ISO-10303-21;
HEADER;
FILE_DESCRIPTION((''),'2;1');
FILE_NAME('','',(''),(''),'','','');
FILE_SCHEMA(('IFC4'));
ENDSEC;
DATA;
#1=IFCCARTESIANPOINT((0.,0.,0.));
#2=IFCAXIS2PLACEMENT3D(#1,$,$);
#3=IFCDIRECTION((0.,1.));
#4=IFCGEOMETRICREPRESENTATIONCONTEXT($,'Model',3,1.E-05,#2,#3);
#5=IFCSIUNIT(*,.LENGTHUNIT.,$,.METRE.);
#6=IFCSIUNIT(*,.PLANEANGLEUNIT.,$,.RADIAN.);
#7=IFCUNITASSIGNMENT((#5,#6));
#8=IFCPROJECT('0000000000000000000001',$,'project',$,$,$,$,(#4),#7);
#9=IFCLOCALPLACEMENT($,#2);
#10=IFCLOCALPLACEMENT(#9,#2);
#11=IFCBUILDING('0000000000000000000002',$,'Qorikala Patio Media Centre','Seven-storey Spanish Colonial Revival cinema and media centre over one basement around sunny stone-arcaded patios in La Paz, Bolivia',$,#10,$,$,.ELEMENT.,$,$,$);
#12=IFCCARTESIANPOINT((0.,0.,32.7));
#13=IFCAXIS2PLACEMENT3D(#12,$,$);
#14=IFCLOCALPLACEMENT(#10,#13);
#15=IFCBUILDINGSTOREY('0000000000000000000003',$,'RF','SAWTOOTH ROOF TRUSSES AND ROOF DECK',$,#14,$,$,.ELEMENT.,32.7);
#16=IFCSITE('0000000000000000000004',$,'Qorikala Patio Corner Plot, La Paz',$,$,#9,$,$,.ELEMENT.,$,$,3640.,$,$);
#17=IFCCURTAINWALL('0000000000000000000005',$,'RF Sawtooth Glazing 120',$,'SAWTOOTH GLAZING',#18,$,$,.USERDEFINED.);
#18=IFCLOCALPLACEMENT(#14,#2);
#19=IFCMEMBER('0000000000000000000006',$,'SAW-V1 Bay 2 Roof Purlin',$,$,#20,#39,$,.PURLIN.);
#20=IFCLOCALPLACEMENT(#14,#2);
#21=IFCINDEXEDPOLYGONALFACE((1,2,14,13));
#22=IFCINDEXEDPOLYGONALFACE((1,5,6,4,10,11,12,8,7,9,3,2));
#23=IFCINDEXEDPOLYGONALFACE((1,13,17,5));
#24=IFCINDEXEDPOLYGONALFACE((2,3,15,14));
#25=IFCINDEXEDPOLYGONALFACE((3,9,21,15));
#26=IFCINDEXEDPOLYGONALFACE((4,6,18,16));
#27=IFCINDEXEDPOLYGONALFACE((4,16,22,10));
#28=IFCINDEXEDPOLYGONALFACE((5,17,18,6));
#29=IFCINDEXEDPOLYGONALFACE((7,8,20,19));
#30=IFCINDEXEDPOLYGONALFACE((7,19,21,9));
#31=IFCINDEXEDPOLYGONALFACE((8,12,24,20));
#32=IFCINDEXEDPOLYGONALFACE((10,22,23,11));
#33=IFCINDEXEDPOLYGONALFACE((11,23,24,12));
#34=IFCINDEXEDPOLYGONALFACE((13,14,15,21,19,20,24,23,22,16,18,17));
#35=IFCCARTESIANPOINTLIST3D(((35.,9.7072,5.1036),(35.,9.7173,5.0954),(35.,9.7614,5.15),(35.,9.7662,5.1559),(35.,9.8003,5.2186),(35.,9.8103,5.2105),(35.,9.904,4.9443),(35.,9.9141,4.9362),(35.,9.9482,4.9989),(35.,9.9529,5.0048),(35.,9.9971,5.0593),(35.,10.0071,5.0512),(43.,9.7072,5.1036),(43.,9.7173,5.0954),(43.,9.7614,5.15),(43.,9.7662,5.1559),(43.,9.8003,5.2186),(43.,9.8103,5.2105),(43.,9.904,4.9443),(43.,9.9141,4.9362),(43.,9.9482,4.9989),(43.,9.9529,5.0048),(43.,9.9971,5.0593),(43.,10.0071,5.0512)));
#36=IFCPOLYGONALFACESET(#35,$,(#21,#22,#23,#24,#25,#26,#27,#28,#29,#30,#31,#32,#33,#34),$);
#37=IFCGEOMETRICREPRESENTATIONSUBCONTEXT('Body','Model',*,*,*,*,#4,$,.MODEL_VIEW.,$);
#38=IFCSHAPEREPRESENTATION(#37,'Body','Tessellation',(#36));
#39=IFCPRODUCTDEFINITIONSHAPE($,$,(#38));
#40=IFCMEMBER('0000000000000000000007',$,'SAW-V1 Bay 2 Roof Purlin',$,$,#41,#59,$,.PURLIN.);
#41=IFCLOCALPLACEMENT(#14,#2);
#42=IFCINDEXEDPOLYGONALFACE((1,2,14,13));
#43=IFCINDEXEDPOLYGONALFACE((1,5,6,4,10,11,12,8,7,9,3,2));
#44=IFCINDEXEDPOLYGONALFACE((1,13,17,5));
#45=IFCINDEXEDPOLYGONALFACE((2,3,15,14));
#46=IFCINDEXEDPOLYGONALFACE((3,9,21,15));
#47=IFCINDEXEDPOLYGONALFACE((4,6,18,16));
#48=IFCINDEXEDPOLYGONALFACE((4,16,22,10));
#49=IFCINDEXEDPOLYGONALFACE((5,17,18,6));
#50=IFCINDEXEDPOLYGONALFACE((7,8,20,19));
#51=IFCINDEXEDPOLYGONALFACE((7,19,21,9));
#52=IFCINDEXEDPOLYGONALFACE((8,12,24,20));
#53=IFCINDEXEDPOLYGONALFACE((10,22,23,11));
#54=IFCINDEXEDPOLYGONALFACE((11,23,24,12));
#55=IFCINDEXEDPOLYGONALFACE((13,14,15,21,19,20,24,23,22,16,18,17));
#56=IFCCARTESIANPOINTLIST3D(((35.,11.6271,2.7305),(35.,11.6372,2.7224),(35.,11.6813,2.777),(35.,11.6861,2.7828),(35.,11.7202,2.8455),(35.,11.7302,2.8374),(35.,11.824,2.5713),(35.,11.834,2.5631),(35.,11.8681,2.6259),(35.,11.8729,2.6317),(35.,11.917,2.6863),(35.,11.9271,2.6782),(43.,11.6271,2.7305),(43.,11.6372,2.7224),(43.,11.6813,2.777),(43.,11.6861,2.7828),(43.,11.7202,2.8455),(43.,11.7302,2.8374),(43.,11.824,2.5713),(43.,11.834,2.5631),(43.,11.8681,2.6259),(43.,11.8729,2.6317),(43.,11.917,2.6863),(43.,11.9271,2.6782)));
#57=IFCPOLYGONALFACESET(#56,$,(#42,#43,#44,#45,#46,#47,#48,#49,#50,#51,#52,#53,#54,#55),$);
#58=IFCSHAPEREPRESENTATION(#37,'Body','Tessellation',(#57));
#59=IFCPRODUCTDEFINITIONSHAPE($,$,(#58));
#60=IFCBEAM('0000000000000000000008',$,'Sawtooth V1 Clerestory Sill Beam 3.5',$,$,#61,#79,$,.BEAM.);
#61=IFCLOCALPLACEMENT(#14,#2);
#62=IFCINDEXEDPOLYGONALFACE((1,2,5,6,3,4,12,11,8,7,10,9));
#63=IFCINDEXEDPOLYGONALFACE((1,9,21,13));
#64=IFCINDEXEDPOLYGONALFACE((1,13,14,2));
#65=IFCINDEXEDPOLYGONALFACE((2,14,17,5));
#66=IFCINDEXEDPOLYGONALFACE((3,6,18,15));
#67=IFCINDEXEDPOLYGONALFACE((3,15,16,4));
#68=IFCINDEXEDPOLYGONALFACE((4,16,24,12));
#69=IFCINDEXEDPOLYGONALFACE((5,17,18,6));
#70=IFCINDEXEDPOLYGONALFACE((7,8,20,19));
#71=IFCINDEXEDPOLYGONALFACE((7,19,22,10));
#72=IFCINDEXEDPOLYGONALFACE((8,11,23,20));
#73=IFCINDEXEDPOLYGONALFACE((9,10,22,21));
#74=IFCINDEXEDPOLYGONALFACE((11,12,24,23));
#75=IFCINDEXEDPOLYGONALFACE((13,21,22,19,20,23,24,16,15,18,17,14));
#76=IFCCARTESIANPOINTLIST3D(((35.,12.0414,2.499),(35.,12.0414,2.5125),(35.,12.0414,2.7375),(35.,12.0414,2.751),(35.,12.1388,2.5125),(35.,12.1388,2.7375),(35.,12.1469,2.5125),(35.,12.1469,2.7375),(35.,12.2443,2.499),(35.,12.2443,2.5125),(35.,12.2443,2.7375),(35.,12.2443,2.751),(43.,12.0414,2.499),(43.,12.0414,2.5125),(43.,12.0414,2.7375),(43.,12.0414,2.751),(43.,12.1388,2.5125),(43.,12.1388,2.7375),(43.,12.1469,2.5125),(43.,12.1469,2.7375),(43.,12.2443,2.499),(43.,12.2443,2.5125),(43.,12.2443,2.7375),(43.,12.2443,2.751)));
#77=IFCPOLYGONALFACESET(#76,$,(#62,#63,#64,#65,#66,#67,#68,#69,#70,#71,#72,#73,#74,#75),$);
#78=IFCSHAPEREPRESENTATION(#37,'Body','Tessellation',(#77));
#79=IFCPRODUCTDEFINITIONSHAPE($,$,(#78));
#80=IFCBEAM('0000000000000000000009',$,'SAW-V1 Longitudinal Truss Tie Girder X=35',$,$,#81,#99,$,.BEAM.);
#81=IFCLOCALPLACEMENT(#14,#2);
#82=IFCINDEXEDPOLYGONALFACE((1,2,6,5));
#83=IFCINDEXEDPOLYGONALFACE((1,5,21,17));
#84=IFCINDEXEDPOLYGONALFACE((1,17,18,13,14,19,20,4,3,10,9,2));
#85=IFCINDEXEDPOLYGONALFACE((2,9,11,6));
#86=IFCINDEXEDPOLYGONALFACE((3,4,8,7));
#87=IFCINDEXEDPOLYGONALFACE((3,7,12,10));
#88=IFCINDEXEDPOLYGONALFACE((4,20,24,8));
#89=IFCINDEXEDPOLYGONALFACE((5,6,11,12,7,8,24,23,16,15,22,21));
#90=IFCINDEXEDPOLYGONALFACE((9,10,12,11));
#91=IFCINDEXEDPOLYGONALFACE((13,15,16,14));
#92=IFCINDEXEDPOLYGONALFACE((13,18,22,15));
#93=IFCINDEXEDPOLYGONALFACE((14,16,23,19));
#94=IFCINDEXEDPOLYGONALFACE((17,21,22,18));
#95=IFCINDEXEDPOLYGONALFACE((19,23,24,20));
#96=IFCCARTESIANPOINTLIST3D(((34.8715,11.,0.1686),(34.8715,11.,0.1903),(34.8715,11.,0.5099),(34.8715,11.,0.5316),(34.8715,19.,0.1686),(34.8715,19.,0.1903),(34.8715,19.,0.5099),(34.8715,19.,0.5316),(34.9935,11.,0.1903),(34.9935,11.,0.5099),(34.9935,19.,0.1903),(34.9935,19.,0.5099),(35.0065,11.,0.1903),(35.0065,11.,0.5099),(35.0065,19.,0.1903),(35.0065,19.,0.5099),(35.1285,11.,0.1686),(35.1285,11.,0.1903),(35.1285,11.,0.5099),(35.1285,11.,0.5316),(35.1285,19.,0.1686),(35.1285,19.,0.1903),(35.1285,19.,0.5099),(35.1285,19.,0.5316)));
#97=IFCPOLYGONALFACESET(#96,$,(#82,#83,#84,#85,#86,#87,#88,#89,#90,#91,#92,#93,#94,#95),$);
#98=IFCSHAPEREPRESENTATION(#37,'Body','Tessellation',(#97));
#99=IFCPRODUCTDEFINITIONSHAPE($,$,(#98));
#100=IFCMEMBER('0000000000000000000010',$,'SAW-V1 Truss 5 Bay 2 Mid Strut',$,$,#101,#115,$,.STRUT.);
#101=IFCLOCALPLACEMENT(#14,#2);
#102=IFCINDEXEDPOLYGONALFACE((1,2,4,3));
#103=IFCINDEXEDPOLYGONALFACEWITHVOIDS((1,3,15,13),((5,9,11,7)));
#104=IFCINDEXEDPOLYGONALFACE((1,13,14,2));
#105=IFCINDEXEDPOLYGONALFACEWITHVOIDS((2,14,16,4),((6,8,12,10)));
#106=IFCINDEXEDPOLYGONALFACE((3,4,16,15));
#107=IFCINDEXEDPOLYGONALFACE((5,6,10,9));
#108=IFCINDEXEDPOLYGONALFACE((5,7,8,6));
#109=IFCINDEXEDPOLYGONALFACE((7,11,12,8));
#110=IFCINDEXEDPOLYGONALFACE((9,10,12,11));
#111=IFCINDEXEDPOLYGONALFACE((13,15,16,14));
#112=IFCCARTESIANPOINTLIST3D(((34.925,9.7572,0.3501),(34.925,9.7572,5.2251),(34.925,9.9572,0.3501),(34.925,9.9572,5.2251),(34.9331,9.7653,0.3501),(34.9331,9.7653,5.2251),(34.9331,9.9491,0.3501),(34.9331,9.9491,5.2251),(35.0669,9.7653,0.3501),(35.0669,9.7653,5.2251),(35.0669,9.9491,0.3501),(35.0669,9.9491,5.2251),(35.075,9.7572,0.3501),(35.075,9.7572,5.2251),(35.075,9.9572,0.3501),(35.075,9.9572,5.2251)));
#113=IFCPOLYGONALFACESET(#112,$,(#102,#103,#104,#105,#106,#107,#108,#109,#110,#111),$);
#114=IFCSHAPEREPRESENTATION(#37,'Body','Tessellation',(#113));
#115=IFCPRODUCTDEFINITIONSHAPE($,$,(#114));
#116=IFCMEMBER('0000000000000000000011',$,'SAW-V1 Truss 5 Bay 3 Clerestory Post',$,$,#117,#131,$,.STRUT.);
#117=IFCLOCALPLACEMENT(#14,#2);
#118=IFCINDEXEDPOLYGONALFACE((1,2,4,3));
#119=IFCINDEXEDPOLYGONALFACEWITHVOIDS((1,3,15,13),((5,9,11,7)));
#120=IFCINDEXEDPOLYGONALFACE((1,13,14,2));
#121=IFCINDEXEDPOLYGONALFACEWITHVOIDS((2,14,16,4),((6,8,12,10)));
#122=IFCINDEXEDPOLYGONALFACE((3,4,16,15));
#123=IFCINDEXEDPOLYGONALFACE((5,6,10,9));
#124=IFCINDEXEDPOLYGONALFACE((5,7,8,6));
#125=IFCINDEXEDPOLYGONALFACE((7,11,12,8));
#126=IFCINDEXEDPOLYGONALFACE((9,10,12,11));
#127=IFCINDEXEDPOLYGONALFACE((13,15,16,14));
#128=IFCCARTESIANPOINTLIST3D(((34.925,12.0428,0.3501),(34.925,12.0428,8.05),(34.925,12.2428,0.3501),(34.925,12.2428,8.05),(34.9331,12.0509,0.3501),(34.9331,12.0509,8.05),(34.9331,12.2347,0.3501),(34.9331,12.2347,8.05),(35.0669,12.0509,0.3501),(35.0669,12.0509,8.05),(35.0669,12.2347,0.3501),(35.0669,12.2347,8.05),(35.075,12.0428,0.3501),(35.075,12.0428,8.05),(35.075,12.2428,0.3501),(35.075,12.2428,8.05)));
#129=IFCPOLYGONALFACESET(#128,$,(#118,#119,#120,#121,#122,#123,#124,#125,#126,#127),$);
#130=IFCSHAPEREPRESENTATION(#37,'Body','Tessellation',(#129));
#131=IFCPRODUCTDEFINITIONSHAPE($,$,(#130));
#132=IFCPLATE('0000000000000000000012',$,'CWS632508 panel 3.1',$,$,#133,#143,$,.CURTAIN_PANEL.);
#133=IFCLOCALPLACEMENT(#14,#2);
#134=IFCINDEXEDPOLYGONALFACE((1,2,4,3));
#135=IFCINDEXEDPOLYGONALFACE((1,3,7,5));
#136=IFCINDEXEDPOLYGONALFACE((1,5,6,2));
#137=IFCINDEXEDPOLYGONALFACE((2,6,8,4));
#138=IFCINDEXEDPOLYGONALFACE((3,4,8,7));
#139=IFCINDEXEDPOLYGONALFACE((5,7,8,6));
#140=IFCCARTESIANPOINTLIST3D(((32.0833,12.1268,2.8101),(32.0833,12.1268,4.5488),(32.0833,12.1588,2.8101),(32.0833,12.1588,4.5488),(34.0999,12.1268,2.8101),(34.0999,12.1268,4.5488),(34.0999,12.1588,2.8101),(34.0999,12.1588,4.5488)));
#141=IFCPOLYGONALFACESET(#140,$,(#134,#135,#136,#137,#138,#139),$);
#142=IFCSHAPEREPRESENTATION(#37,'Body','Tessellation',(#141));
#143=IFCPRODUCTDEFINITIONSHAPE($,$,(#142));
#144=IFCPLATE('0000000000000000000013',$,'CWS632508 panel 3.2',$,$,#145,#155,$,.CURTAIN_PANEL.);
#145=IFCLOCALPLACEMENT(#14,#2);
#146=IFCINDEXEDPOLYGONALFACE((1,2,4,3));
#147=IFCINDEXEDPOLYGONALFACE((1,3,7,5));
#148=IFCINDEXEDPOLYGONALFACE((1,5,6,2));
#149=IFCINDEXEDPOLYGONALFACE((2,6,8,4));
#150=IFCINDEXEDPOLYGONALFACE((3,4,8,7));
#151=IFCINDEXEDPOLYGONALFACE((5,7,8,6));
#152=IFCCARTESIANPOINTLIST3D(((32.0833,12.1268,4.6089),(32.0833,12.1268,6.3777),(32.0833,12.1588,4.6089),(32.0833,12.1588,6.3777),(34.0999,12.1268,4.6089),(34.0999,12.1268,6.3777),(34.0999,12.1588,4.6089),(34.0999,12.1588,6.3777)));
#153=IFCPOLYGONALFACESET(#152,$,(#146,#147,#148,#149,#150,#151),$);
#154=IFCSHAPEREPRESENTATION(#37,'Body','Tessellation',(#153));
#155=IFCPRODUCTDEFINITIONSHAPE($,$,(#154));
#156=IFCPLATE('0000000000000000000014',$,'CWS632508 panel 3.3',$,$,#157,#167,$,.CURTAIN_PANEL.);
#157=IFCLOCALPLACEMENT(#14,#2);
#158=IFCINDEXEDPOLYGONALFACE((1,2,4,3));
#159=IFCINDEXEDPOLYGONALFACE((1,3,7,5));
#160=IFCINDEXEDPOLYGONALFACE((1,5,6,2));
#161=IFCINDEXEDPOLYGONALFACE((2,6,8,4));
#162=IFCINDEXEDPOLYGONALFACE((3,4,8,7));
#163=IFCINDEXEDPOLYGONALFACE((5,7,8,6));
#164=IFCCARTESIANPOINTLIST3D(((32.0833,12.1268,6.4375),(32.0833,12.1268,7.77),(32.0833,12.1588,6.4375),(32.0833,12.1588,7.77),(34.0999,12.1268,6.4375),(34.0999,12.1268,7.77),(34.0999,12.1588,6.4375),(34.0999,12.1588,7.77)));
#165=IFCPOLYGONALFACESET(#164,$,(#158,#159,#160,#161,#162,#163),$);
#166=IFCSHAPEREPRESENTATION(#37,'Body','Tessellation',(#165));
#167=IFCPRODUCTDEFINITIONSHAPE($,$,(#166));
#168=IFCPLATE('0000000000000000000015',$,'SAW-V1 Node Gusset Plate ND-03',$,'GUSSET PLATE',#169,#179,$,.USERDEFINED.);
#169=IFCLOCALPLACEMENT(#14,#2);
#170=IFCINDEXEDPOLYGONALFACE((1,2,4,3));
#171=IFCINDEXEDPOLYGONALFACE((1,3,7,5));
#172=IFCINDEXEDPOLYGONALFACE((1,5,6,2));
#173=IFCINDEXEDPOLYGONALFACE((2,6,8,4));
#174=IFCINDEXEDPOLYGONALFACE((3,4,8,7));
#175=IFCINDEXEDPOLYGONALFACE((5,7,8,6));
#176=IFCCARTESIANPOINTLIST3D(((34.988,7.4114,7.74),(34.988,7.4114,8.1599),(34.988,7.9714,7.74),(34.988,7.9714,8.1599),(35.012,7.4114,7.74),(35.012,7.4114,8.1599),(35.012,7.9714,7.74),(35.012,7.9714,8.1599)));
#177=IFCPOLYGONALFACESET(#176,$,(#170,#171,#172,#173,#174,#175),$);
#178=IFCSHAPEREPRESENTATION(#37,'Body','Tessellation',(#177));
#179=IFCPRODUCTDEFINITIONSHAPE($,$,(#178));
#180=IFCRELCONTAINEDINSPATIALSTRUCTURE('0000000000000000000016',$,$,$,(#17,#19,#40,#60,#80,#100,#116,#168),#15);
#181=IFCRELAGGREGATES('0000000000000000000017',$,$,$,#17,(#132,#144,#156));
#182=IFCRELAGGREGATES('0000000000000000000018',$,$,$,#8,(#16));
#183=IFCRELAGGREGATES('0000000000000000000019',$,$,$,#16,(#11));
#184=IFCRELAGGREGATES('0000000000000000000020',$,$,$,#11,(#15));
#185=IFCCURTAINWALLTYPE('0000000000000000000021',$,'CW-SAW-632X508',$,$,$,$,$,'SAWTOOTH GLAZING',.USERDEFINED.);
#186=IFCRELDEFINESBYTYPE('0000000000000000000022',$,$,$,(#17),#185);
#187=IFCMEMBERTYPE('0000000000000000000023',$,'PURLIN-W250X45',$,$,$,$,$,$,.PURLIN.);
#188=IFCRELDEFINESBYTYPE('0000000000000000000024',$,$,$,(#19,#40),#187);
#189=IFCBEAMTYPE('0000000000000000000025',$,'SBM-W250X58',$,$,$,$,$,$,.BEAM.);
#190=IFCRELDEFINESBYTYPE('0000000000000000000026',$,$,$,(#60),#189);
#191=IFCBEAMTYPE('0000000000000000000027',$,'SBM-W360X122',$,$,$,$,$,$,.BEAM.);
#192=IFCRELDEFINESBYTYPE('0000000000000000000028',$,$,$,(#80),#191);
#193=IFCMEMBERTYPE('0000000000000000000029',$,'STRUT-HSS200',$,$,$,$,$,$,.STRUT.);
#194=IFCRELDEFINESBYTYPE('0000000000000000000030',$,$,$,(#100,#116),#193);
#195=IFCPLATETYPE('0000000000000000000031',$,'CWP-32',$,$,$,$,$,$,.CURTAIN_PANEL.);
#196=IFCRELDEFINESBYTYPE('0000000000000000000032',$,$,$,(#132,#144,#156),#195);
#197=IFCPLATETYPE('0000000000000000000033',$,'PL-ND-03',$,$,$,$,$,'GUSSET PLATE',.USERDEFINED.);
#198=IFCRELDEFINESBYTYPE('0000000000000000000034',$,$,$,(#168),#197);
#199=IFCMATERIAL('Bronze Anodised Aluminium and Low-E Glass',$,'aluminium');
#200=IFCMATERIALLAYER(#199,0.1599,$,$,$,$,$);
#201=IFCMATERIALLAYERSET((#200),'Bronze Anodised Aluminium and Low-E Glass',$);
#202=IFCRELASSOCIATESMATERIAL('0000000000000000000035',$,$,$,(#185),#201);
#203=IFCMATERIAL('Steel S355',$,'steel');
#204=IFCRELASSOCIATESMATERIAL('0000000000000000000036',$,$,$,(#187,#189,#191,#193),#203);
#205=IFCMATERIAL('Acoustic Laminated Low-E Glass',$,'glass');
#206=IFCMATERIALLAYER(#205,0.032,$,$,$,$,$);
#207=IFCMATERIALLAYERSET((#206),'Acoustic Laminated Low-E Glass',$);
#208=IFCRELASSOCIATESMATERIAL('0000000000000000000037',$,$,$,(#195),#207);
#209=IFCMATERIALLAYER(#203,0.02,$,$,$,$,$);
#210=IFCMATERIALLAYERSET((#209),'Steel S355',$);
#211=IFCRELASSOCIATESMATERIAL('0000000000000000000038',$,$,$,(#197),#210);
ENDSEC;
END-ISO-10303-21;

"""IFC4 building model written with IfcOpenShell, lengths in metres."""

from ifc_helpers import new_model, si_unit, direction, frame, origin, origin_2d, place, context, subcontext, project, spatial, rectangle, hollow_rectangle, i_section, extrude, material, layer, layer_set, material_profile, profile_set, type_object, element, aggregate, save


model = new_model("IFC4")

# Units and contexts
model_context = context("Model", 3, precision=1e-05, world=origin(), true_north=direction((0.0, 1.0)))
body_context = subcontext(model_context, "Body", "Model", "MODEL_VIEW")
ifc_project = project(units=[si_unit("LENGTHUNIT", "METRE"), si_unit("PLANEANGLEUNIT", "RADIAN")], contexts=[model_context])

# Site, building, storey
site_placement = place(None, origin())
site = spatial("IfcSite", under=ifc_project, at=site_placement, Name="Qorikala Patio Corner Plot, La Paz", CompositionType="ELEMENT", RefElevation=3640.0)
building_placement = place(site_placement, origin())
building = spatial("IfcBuilding", under=site, at=building_placement, Name="Qorikala Patio Media Centre", Description="Seven-storey Spanish Colonial Revival cinema and media centre over one basement around sunny stone-arcaded patios in La Paz, Bolivia", CompositionType="ELEMENT")
storey_placement = place(building_placement, frame((0.0, 0.0, 32.7)))
storey = spatial("IfcBuildingStorey", under=building, at=storey_placement, Name="RF", Description="SAWTOOTH ROOF TRUSSES AND ROOF DECK", CompositionType="ELEMENT", Elevation=32.7)

# Shared definitions
ifc_material_1 = material(Name="Steel S355", Category="steel")

# Curtain wall
ifc_material_2 = material(Name="Bronze Anodised Aluminium and Low-E Glass", Category="aluminium")
ifc_layer_1 = layer(ifc_material_2, 0.1599)
ifc_layer_set_1 = layer_set([ifc_layer_1], Name="Bronze Anodised Aluminium and Low-E Glass")
curtain_wall_type = type_object("IfcCurtainWallType", Name="CW-SAW-632X508", ElementType="SAWTOOTH GLAZING", PredefinedType="USERDEFINED", material=ifc_layer_set_1)
curtain_wall_placement = place(storey_placement, origin())
curtain_wall = element("IfcCurtainWall", 1, at=curtain_wall_placement, inside=storey, type_object=curtain_wall_type, Name="RF Sawtooth Glazing 120", ObjectType="SAWTOOTH GLAZING", PredefinedType="USERDEFINED")

# Members
ifc_material_profile_1 = material_profile(ifc_material_1, i_section(OverallWidth=0.1479, OverallDepth=0.2661, WebThickness=0.0076, FlangeThickness=0.0129, at=origin_2d()), Name="W250X45")
ifc_profile_set_1 = profile_set([ifc_material_profile_1], Name="Steel S355")
member_type_1 = type_object("IfcMemberType", Name="PURLIN-W250X45", PredefinedType="PURLIN", material=ifc_profile_set_1)
for number, where, z_axis, x_axis, name in (
    (2, (35.0, 9.8572, 5.0774), (1.0, 0.0, 0.0), (0.0, 0.628995, 0.77741), "SAW-V1 Bay 2 Roof Purlin"),
    (3, (35.0, 11.7771, 2.7043), (1.0, 0.0, 0.0), (0.0, 0.628995, 0.77741), "SAW-V1 Bay 2 Roof Purlin"),
):
    element("IfcMember", number, at=place(storey_placement, frame(where, z_axis=z_axis, x_axis=x_axis)), inside=storey, type_object=member_type_1, Name=name, PredefinedType="PURLIN", context=body_context, shape_type="SweptSolid", body=[
        extrude(i_section(OverallWidth=0.1479, OverallDepth=0.2661, WebThickness=0.0076, FlangeThickness=0.0129, at=origin_2d()), origin(), (0.0, 0.0, 1.0), 8.0),
    ])

# Beams
ifc_material_profile_2 = material_profile(ifc_material_1, i_section(OverallWidth=0.2029, OverallDepth=0.252, WebThickness=0.0081, FlangeThickness=0.0134, at=origin_2d()), Name="W250X58")
ifc_profile_set_2 = profile_set([ifc_material_profile_2], Name="Steel S355")
beam_type_1 = type_object("IfcBeamType", Name="SBM-W250X58", PredefinedType="BEAM", material=ifc_profile_set_2)
beam_1_placement = place(storey_placement, frame((35.0, 12.1428, 2.625), z_axis=(1.0, 0.0, 0.0), x_axis=(0.0, 1.0, 0.0)))
element("IfcBeam", 4, at=beam_1_placement, inside=storey, type_object=beam_type_1, Name="Sawtooth V1 Clerestory Sill Beam 3.5", PredefinedType="BEAM", context=body_context, shape_type="SweptSolid", body=[
    extrude(i_section(OverallWidth=0.2029, OverallDepth=0.252, WebThickness=0.0081, FlangeThickness=0.0134, at=origin_2d()), origin(), (0.0, 0.0, 1.0), 8.0),
])
ifc_material_profile_3 = material_profile(ifc_material_1, i_section(OverallWidth=0.2571, OverallDepth=0.363, WebThickness=0.0129, FlangeThickness=0.0217, at=origin_2d()), Name="W360X122")
ifc_profile_set_3 = profile_set([ifc_material_profile_3], Name="Steel S355")
beam_type_2 = type_object("IfcBeamType", Name="SBM-W360X122", PredefinedType="BEAM", material=ifc_profile_set_3)
beam_2_placement = place(storey_placement, frame((35.0, 11.0, 0.3501), z_axis=(0.0, 1.0, 0.0), x_axis=(-1.0, 0.0, 0.0)))
element("IfcBeam", 5, at=beam_2_placement, inside=storey, type_object=beam_type_2, Name="SAW-V1 Longitudinal Truss Tie Girder X=35", PredefinedType="BEAM", context=body_context, shape_type="SweptSolid", body=[
    extrude(i_section(OverallWidth=0.2571, OverallDepth=0.363, WebThickness=0.0129, FlangeThickness=0.0217, at=origin_2d()), origin(), (0.0, 0.0, 1.0), 8.0),
])

# Members
ifc_material_profile_4 = material_profile(ifc_material_1, hollow_rectangle(XDim=0.1499, YDim=0.2, WallThickness=0.0081, at=origin_2d()), Name="HSS200X150X8")
ifc_profile_set_4 = profile_set([ifc_material_profile_4], Name="Steel S355")
member_type_2 = type_object("IfcMemberType", Name="STRUT-HSS200", PredefinedType="STRUT", material=ifc_profile_set_4)
member_1_placement = place(storey_placement, frame((35.0, 9.8572, 0.3501), z_axis=(0.0, 0.0, 1.0), x_axis=(1.0, 0.0, 0.0)))
element("IfcMember", 6, at=member_1_placement, inside=storey, type_object=member_type_2, Name="SAW-V1 Truss 5 Bay 2 Mid Strut", PredefinedType="STRUT", context=body_context, shape_type="SweptSolid", body=[
    extrude(hollow_rectangle(XDim=0.1499, YDim=0.2, WallThickness=0.0081, at=origin_2d()), origin(), (0.0, 0.0, 1.0), 4.875),
])
member_2_placement = place(storey_placement, frame((35.0, 12.1428, 0.3501), z_axis=(0.0, 0.0, 1.0), x_axis=(1.0, 0.0, 0.0)))
element("IfcMember", 7, at=member_2_placement, inside=storey, type_object=member_type_2, Name="SAW-V1 Truss 5 Bay 3 Clerestory Post", PredefinedType="STRUT", context=body_context, shape_type="SweptSolid", body=[
    extrude(hollow_rectangle(XDim=0.1499, YDim=0.2, WallThickness=0.0081, at=origin_2d()), origin(), (0.0, 0.0, 1.0), 7.7),
])

# Plates
ifc_material_3 = material(Name="Acoustic Laminated Low-E Glass", Category="glass")
ifc_layer_2 = layer(ifc_material_3, 0.032)
ifc_layer_set_2 = layer_set([ifc_layer_2], Name="Acoustic Laminated Low-E Glass")
plate_type_1 = type_object("IfcPlateType", Name="CWP-32", PredefinedType="CURTAIN_PANEL", material=ifc_layer_set_2)
plate_1_placement = place(storey_placement, frame((33.0916, 12.1428, 2.8101), z_axis=(0.0, 0.0, 1.0), x_axis=(1.0, 0.0, 0.0)))
plate_1 = element("IfcPlate", 8, at=plate_1_placement, type_object=plate_type_1, Name="CWS632508 panel 3.1", PredefinedType="CURTAIN_PANEL", context=body_context, shape_type="SweptSolid", body=[
    extrude(rectangle(XDim=2.0166, YDim=0.032, at=origin_2d()), origin(), (0.0, 0.0, 1.0), 1.7388),
])
plate_2_placement = place(storey_placement, frame((33.0916, 12.1428, 4.6089), z_axis=(0.0, 0.0, 1.0), x_axis=(1.0, 0.0, 0.0)))
plate_2 = element("IfcPlate", 9, at=plate_2_placement, type_object=plate_type_1, Name="CWS632508 panel 3.2", PredefinedType="CURTAIN_PANEL", context=body_context, shape_type="SweptSolid", body=[
    extrude(rectangle(XDim=2.0166, YDim=0.032, at=origin_2d()), origin(), (0.0, 0.0, 1.0), 1.7688),
])
plate_3_placement = place(storey_placement, frame((33.0916, 12.1428, 6.4375), z_axis=(0.0, 0.0, 1.0), x_axis=(1.0, 0.0, 0.0)))
plate_3 = element("IfcPlate", 10, at=plate_3_placement, type_object=plate_type_1, Name="CWS632508 panel 3.3", PredefinedType="CURTAIN_PANEL", context=body_context, shape_type="SweptSolid", body=[
    extrude(rectangle(XDim=2.0166, YDim=0.032, at=origin_2d()), origin(), (0.0, 0.0, 1.0), 1.3325),
])
aggregate(curtain_wall, [plate_1, plate_2, plate_3])

# Plate
ifc_layer_3 = layer(ifc_material_1, 0.02)
ifc_layer_set_3 = layer_set([ifc_layer_3], Name="Steel S355")
plate_type_2 = type_object("IfcPlateType", Name="PL-ND-03", ElementType="GUSSET PLATE", PredefinedType="USERDEFINED", material=ifc_layer_set_3)
plate_4_placement = place(storey_placement, frame((35.0, 7.6914, 7.74), z_axis=(0.0, 0.0, 1.0), x_axis=(1.0, 0.0, 0.0)))
element("IfcPlate", 11, at=plate_4_placement, inside=storey, type_object=plate_type_2, Name="SAW-V1 Node Gusset Plate ND-03", ObjectType="GUSSET PLATE", PredefinedType="USERDEFINED", context=body_context, shape_type="SweptSolid", body=[
    extrude(rectangle(XDim=0.0239, YDim=0.5601, at=origin_2d()), origin(), (0.0, 0.0, 1.0), 0.4199),
])

save(model, "model.ifc")
